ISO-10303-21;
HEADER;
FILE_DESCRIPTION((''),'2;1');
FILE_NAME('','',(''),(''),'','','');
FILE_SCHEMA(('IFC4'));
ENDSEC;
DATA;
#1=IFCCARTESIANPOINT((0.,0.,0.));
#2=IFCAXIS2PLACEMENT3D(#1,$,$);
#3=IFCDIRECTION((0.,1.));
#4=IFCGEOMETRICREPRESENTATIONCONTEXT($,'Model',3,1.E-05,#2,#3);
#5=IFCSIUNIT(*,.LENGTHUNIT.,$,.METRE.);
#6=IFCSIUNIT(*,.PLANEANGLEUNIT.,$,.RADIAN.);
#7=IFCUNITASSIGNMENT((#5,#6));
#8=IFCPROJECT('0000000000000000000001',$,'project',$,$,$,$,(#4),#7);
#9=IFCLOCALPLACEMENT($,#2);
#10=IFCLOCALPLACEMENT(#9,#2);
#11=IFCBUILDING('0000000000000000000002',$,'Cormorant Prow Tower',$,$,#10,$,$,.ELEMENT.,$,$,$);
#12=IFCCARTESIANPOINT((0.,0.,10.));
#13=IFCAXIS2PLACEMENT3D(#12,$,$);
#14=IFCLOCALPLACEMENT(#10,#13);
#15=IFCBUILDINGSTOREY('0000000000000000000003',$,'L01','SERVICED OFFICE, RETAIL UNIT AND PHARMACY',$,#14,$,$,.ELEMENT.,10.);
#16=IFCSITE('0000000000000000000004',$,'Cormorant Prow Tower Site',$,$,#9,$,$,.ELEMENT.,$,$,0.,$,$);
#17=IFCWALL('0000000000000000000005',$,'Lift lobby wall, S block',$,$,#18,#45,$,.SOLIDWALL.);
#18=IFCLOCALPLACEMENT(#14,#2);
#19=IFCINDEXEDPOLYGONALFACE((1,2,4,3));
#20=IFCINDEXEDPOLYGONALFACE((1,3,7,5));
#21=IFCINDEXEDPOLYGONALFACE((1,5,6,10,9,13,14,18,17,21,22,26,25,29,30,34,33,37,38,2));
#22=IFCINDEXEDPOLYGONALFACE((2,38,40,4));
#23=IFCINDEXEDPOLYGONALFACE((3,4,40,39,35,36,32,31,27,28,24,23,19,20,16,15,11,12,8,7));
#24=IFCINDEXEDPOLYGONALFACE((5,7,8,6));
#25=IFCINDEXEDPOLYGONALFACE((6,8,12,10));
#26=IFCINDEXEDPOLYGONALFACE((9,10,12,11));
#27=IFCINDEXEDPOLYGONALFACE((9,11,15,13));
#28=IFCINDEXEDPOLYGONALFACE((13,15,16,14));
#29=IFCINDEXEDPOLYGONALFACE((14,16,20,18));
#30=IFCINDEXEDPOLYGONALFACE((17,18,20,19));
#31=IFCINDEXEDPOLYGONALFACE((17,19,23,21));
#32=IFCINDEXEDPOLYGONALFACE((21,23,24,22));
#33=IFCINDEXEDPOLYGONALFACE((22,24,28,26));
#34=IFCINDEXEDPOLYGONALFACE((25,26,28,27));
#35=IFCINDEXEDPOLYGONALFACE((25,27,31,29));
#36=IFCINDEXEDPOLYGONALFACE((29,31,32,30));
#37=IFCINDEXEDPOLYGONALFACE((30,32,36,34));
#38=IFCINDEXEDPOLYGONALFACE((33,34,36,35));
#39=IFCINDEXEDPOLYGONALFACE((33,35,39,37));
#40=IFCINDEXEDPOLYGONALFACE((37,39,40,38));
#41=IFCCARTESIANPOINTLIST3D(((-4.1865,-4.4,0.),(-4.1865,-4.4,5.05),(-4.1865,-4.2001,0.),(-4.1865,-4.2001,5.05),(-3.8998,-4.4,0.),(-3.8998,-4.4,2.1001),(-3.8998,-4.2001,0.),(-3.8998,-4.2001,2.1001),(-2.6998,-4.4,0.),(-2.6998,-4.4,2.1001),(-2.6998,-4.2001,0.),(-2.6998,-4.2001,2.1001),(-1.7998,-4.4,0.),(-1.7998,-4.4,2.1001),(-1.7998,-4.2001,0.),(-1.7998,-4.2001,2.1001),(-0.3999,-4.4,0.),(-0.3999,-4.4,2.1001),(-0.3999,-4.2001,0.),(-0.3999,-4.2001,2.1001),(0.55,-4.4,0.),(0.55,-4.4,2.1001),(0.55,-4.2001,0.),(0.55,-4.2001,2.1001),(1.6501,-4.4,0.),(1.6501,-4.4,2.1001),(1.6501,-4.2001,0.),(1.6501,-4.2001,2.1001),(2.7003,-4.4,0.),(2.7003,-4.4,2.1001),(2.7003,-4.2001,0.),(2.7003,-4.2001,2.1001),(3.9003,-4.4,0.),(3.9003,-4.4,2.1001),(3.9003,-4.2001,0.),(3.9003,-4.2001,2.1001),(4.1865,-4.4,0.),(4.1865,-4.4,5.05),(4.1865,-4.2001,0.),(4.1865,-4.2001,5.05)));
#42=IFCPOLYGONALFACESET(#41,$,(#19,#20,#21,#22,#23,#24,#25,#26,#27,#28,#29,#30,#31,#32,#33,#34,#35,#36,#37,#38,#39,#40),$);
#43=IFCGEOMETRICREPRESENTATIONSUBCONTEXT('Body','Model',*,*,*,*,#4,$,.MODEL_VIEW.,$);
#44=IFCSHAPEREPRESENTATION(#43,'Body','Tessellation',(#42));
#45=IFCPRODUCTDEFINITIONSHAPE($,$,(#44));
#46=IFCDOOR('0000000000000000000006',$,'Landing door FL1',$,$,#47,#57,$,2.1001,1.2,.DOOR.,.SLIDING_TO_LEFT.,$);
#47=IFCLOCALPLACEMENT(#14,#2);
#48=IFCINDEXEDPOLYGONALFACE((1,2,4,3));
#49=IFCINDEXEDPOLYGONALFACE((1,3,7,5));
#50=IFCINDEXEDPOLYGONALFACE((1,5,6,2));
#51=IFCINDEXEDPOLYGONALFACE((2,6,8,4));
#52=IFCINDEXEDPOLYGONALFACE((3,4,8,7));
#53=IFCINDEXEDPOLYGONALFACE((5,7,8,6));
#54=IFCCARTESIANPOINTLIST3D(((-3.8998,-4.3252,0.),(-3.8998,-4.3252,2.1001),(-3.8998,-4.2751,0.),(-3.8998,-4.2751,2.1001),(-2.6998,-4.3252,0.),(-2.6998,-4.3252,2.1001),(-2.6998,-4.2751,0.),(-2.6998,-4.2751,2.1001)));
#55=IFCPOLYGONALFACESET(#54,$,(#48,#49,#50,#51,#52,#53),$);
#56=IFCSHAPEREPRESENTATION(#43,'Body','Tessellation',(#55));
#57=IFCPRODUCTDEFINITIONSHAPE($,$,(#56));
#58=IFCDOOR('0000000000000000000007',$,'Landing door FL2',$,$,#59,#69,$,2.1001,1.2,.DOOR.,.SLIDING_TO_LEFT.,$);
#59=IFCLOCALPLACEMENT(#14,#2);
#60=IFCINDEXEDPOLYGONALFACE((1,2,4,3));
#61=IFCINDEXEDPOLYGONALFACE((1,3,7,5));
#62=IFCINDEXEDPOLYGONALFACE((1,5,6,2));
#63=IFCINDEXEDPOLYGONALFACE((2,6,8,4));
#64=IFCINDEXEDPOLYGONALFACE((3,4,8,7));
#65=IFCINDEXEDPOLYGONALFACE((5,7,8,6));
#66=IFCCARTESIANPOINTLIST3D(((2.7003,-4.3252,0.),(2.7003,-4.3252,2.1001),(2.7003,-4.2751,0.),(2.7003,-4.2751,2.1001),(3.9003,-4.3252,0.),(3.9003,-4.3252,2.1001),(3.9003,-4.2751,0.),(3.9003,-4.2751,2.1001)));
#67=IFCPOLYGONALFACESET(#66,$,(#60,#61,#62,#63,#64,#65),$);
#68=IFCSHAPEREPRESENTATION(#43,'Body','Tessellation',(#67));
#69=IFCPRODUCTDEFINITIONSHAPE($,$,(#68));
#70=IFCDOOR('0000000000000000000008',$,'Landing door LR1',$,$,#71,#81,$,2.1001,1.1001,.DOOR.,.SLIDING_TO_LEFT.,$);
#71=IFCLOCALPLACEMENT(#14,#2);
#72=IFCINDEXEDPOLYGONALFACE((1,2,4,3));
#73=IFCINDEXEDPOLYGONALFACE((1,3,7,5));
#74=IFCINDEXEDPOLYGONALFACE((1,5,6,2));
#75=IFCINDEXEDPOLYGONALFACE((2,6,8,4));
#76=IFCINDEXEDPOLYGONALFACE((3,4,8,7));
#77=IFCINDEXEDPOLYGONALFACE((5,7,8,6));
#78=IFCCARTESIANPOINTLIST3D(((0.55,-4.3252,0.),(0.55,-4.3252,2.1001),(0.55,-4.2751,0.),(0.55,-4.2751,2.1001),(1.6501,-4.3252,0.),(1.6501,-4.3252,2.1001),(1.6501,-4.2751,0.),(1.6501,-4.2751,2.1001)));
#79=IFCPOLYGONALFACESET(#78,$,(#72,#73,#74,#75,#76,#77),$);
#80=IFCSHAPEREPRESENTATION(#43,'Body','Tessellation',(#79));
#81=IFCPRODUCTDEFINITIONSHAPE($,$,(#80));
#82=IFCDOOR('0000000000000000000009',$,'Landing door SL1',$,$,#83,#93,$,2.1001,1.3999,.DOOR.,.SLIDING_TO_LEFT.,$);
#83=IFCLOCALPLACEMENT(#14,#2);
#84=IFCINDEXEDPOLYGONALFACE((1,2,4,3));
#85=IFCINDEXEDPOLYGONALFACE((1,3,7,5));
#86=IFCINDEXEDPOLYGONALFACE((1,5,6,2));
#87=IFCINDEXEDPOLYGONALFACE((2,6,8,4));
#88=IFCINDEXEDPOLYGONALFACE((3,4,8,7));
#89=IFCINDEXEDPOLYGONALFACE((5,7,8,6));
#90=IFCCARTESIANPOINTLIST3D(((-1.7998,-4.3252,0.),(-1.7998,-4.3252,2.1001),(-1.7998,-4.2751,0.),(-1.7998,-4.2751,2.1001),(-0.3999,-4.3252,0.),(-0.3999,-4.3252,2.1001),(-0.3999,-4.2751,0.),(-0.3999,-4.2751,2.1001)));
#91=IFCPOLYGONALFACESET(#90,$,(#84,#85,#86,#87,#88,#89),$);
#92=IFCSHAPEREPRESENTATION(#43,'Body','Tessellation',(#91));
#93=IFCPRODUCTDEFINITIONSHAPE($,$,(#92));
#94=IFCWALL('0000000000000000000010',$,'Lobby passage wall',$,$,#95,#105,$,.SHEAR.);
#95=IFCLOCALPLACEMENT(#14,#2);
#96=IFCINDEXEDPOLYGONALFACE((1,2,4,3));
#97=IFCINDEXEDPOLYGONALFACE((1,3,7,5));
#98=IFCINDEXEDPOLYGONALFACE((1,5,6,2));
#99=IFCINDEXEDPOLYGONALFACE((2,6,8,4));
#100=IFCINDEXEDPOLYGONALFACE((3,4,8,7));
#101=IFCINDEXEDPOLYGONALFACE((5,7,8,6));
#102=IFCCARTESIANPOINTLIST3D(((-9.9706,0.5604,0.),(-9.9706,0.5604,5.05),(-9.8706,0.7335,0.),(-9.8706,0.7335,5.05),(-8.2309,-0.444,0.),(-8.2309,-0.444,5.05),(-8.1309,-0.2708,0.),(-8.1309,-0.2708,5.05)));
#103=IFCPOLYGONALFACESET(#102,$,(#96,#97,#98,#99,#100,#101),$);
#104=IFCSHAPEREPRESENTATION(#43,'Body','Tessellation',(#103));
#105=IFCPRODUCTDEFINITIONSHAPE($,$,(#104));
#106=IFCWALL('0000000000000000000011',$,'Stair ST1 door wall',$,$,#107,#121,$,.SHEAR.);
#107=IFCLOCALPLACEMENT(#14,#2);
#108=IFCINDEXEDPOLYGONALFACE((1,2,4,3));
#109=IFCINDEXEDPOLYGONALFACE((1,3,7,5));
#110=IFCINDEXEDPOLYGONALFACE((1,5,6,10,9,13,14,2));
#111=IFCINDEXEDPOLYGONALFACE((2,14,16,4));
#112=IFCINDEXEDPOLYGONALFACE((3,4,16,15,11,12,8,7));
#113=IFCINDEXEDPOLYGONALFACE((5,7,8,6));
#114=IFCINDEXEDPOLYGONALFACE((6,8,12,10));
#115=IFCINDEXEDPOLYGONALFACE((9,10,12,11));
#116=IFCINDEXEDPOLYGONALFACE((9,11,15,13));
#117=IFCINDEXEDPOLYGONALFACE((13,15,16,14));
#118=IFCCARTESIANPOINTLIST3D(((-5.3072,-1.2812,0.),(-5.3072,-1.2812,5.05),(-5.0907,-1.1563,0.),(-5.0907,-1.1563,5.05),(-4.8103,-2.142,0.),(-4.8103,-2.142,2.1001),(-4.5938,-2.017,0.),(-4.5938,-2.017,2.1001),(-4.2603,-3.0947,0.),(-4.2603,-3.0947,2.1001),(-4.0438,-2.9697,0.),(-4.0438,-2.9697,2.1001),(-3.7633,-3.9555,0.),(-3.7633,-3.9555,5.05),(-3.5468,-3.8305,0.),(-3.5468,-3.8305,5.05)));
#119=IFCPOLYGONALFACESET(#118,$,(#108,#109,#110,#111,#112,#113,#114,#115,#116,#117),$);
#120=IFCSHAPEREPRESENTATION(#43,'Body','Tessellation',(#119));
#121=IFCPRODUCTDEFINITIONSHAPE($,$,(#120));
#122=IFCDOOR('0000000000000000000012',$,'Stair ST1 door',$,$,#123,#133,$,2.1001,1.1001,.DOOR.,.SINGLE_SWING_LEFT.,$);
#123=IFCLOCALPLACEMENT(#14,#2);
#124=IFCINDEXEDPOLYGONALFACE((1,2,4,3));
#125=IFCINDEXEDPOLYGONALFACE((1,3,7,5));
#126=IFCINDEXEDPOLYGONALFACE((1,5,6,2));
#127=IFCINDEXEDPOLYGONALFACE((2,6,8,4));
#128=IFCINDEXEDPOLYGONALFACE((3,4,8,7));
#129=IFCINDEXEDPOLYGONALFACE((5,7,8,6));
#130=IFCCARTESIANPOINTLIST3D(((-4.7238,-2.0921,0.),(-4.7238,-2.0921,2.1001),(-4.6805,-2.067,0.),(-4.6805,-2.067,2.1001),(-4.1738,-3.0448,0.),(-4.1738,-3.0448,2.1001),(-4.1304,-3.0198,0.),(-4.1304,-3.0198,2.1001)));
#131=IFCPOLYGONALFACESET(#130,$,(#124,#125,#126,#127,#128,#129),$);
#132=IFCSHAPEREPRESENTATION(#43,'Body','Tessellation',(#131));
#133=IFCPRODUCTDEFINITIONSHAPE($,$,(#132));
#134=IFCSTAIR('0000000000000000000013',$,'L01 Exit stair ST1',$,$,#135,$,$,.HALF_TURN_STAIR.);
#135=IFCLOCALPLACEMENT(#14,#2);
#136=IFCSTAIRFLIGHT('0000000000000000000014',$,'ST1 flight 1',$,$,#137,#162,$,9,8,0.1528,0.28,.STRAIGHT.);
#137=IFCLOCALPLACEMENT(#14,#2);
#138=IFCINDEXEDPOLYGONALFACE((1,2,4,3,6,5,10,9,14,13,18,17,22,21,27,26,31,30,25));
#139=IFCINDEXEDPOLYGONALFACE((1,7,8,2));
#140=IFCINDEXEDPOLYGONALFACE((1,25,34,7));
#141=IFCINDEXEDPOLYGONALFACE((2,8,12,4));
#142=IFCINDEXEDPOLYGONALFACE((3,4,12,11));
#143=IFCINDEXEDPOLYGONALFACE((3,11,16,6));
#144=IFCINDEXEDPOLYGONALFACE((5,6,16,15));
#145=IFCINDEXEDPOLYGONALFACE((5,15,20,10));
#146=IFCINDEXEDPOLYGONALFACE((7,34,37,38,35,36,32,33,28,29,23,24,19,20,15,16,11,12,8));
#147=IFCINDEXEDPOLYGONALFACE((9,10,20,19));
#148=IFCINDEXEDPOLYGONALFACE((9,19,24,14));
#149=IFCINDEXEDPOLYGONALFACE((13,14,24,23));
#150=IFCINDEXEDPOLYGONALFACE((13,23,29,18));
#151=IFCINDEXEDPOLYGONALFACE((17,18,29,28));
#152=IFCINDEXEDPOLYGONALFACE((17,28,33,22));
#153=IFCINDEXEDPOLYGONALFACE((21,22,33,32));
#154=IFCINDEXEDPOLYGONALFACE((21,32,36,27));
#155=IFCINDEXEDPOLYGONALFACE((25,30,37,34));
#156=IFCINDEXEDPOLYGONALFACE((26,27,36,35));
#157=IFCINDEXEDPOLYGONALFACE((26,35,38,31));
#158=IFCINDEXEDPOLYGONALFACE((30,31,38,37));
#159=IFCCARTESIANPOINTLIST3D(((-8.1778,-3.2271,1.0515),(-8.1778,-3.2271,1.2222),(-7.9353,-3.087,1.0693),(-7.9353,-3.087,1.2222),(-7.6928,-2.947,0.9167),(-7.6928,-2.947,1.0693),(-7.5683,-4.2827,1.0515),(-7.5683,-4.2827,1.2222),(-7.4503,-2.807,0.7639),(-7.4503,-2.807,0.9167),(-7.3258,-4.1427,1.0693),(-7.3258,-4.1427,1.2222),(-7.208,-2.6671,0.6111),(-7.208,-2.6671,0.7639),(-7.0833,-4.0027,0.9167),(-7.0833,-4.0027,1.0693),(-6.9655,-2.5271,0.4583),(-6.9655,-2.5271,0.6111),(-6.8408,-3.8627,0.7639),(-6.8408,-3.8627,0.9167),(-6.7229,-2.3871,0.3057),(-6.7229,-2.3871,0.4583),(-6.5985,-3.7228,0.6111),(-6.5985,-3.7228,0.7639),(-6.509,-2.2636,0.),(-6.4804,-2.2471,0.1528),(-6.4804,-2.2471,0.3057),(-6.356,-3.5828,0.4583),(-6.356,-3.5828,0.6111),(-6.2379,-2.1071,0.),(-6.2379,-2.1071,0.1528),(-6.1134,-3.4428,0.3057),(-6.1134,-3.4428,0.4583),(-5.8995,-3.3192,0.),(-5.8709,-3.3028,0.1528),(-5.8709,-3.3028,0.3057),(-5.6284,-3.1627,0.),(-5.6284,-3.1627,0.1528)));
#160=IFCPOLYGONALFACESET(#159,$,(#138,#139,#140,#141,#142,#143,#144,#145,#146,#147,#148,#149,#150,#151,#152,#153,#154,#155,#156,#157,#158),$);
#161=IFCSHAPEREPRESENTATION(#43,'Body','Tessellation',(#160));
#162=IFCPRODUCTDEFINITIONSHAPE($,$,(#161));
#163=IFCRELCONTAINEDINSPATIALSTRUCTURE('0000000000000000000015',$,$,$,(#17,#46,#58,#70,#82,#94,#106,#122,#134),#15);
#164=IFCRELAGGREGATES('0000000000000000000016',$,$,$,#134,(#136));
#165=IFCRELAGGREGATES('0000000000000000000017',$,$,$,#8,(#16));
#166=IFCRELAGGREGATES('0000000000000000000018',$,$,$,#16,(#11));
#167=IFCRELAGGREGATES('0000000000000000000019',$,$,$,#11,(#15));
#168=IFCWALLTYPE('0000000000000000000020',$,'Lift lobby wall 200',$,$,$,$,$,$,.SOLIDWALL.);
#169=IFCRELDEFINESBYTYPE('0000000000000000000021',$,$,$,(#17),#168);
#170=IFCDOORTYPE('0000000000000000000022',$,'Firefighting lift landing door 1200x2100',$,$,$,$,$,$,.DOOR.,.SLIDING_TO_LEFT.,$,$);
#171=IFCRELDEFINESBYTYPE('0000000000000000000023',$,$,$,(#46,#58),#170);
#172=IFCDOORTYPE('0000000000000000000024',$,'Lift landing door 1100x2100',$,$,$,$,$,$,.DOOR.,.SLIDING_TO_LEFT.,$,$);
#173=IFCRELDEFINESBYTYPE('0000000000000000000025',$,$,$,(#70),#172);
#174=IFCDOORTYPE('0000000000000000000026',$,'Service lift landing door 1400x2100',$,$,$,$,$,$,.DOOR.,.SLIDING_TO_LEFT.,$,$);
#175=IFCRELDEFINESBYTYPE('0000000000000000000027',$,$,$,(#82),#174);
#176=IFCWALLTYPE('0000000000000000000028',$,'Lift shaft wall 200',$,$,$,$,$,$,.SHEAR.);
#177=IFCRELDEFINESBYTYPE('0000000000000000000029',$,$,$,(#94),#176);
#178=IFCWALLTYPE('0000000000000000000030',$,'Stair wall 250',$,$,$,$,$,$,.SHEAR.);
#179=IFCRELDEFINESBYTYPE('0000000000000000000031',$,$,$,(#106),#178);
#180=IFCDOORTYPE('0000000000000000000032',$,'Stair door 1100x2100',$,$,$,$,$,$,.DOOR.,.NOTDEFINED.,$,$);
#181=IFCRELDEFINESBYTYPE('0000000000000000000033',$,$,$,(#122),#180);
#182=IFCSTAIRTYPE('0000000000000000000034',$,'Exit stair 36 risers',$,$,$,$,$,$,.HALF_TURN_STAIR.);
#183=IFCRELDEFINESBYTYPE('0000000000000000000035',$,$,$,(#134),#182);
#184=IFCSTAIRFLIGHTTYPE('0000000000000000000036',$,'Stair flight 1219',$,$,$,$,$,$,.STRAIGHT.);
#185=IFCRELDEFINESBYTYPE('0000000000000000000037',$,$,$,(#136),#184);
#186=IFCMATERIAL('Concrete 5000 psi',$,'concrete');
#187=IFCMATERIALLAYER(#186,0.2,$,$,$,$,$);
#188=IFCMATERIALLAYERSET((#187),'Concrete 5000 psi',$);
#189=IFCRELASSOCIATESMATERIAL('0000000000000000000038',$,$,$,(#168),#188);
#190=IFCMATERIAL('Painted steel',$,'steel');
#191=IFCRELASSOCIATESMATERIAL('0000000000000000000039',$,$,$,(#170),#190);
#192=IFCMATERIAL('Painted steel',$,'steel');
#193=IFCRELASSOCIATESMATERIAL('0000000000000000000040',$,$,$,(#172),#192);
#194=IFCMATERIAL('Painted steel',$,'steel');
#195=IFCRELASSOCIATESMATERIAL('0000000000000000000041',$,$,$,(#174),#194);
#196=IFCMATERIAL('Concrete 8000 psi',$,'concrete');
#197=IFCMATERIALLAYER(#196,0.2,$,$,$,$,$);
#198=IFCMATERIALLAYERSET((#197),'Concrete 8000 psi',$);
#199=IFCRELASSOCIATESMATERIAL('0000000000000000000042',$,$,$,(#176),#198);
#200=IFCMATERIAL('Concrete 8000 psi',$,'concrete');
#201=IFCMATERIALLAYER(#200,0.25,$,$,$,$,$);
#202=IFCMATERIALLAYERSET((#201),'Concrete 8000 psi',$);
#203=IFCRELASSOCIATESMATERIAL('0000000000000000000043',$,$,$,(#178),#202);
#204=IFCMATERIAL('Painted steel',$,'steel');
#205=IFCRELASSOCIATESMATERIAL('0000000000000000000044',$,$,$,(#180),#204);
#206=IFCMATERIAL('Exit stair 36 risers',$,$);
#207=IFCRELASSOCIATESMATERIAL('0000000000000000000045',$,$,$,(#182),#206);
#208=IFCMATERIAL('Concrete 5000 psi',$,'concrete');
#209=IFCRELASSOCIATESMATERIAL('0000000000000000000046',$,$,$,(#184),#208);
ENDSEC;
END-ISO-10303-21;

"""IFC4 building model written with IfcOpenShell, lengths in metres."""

from ifc_helpers import new_model, si_unit, direction, frame, frame_2d, origin, place, context, subcontext, project, spatial, polyline, rectangle, outline, extrude, material, layer, layer_set, type_object, element, fill, aggregate, save


model = new_model("IFC4")

# Units and contexts
model_context = context("Model", 3, precision=1e-05, world=origin(), true_north=direction((0.0, 1.0)))
body_context = subcontext(model_context, "Body", "Model", "MODEL_VIEW")
ifc_project = project(units=[si_unit("LENGTHUNIT", "METRE"), si_unit("PLANEANGLEUNIT", "RADIAN")], contexts=[model_context])

# Site, building, storey
site_placement = place(None, origin())
site = spatial("IfcSite", under=ifc_project, at=site_placement, Name="Cormorant Prow Tower Site", CompositionType="ELEMENT", RefElevation=0.0)
building_placement = place(site_placement, origin())
building = spatial("IfcBuilding", under=site, at=building_placement, Name="Cormorant Prow Tower", CompositionType="ELEMENT")
storey_placement = place(building_placement, frame((0.0, 0.0, 10.0)))
storey = spatial("IfcBuildingStorey", under=building, at=storey_placement, Name="L01", Description="SERVICED OFFICE, RETAIL UNIT AND PHARMACY", CompositionType="ELEMENT", Elevation=10.0)

# Wall, openings, doors
ifc_material_1 = material(Name="Concrete 5000 psi", Category="concrete")
ifc_layer_1 = layer(ifc_material_1, 0.2)
ifc_layer_set_1 = layer_set([ifc_layer_1], Name="Concrete 5000 psi")
wall_type_1 = type_object("IfcWallType", Name="Lift lobby wall 200", PredefinedType="SOLIDWALL", material=ifc_layer_set_1)
wall_1_placement = place(storey_placement, frame((-4.1865, -4.3, 0.0), z_axis=(0.0, 0.0, 1.0), x_axis=(1.0, 0.0, 0.0)))
wall_1 = element("IfcWall", 1, at=wall_1_placement, inside=storey, type_object=wall_type_1, Name="Lift lobby wall, S block", PredefinedType="SOLIDWALL", context=body_context, shape_type="SweptSolid", body=[
    extrude(rectangle(XDim=8.373, YDim=0.2, at=frame_2d((4.1865, 0.0))), origin(), (0.0, 0.0, 1.0), 5.05),
])
opening_1_placement = place(wall_1_placement, frame((0.2866, 0.0, 0.0)))
opening_1 = element("IfcOpeningElement", 2, at=opening_1_placement, cuts=wall_1, PredefinedType="OPENING", context=body_context, shape_type="SweptSolid", body=[
    extrude(rectangle(XDim=1.2, YDim=2.1001, at=frame_2d((0.6001, 1.05))), frame((0.0, 0.1099, 0.0), z_axis=(0.0, -1.0, 0.0), x_axis=(1.0, 0.0, 0.0)), (0.0, 0.0, 1.0), 0.22),
])
opening_2_placement = place(wall_1_placement, frame((2.3867, 0.0, 0.0)))
opening_2 = element("IfcOpeningElement", 3, at=opening_2_placement, cuts=wall_1, PredefinedType="OPENING", context=body_context, shape_type="SweptSolid", body=[
    extrude(rectangle(XDim=1.3999, YDim=2.1001, at=frame_2d((0.7, 1.05))), frame((0.0, 0.1099, 0.0), z_axis=(0.0, -1.0, 0.0), x_axis=(1.0, 0.0, 0.0)), (0.0, 0.0, 1.0), 0.22),
])
opening_3_placement = place(wall_1_placement, frame((4.7366, 0.0, 0.0)))
opening_3 = element("IfcOpeningElement", 4, at=opening_3_placement, cuts=wall_1, PredefinedType="OPENING", context=body_context, shape_type="SweptSolid", body=[
    extrude(rectangle(XDim=1.1001, YDim=2.1001, at=frame_2d((0.55, 1.05))), frame((0.0, 0.1099, 0.0), z_axis=(0.0, -1.0, 0.0), x_axis=(1.0, 0.0, 0.0)), (0.0, 0.0, 1.0), 0.22),
])
opening_4_placement = place(wall_1_placement, frame((6.8867, 0.0, 0.0)))
opening_4 = element("IfcOpeningElement", 5, at=opening_4_placement, cuts=wall_1, PredefinedType="OPENING", context=body_context, shape_type="SweptSolid", body=[
    extrude(rectangle(XDim=1.2, YDim=2.1001, at=frame_2d((0.6001, 1.05))), frame((0.0, 0.1099, 0.0), z_axis=(0.0, -1.0, 0.0), x_axis=(1.0, 0.0, 0.0)), (0.0, 0.0, 1.0), 0.22),
])
ifc_material_2 = material(Name="Painted steel", Category="steel")
door_type_1 = type_object("IfcDoorType", Name="Firefighting lift landing door 1200x2100", OperationType="SLIDING_TO_LEFT", PredefinedType="DOOR", material=ifc_material_2)
door_1_placement = place(opening_1_placement, origin())
door_1 = element("IfcDoor", 6, at=door_1_placement, inside=storey, type_object=door_type_1, Name="Landing door FL1", OperationType="SLIDING_TO_LEFT", OverallHeight=2.1001, OverallWidth=1.2, PredefinedType="DOOR", context=body_context, shape_type="SweptSolid", body=[
    extrude(rectangle(XDim=1.2, YDim=2.1001, at=frame_2d((0.6001, 1.05))), frame((0.0, 0.0249, 0.0), z_axis=(0.0, -1.0, 0.0), x_axis=(1.0, 0.0, 0.0)), (0.0, 0.0, 1.0), 0.05),
])
fill(opening_1, door_1)
door_2_placement = place(opening_4_placement, origin())
door_2 = element("IfcDoor", 7, at=door_2_placement, inside=storey, type_object=door_type_1, Name="Landing door FL2", OperationType="SLIDING_TO_LEFT", OverallHeight=2.1001, OverallWidth=1.2, PredefinedType="DOOR", context=body_context, shape_type="SweptSolid", body=[
    extrude(rectangle(XDim=1.2, YDim=2.1001, at=frame_2d((0.6001, 1.05))), frame((0.0, 0.0249, 0.0), z_axis=(0.0, -1.0, 0.0), x_axis=(1.0, 0.0, 0.0)), (0.0, 0.0, 1.0), 0.05),
])
fill(opening_4, door_2)
ifc_material_3 = material(Name="Painted steel", Category="steel")
door_type_2 = type_object("IfcDoorType", Name="Lift landing door 1100x2100", OperationType="SLIDING_TO_LEFT", PredefinedType="DOOR", material=ifc_material_3)
door_3_placement = place(opening_3_placement, origin())
door_3 = element("IfcDoor", 8, at=door_3_placement, inside=storey, type_object=door_type_2, Name="Landing door LR1", OperationType="SLIDING_TO_LEFT", OverallHeight=2.1001, OverallWidth=1.1001, PredefinedType="DOOR", context=body_context, shape_type="SweptSolid", body=[
    extrude(rectangle(XDim=1.1001, YDim=2.1001, at=frame_2d((0.55, 1.05))), frame((0.0, 0.0249, 0.0), z_axis=(0.0, -1.0, 0.0), x_axis=(1.0, 0.0, 0.0)), (0.0, 0.0, 1.0), 0.05),
])
fill(opening_3, door_3)
ifc_material_4 = material(Name="Painted steel", Category="steel")
door_type_3 = type_object("IfcDoorType", Name="Service lift landing door 1400x2100", OperationType="SLIDING_TO_LEFT", PredefinedType="DOOR", material=ifc_material_4)
door_4_placement = place(opening_2_placement, origin())
door_4 = element("IfcDoor", 9, at=door_4_placement, inside=storey, type_object=door_type_3, Name="Landing door SL1", OperationType="SLIDING_TO_LEFT", OverallHeight=2.1001, OverallWidth=1.3999, PredefinedType="DOOR", context=body_context, shape_type="SweptSolid", body=[
    extrude(rectangle(XDim=1.3999, YDim=2.1001, at=frame_2d((0.7, 1.05))), frame((0.0, 0.0249, 0.0), z_axis=(0.0, -1.0, 0.0), x_axis=(1.0, 0.0, 0.0)), (0.0, 0.0, 1.0), 0.05),
])
fill(opening_2, door_4)

# Wall
ifc_material_5 = material(Name="Concrete 8000 psi", Category="concrete")
ifc_layer_2 = layer(ifc_material_5, 0.2)
ifc_layer_set_2 = layer_set([ifc_layer_2], Name="Concrete 8000 psi")
wall_type_2 = type_object("IfcWallType", Name="Lift shaft wall 200", PredefinedType="SHEAR", material=ifc_layer_set_2)
wall_2_placement = place(storey_placement, frame((-8.1809, -0.3574, 0.0), z_axis=(0.0, 0.0, 1.0), x_axis=(-0.866036, 0.499982, 0.0)))
element("IfcWall", 10, at=wall_2_placement, inside=storey, type_object=wall_type_2, Name="Lobby passage wall", PredefinedType="SHEAR", context=body_context, shape_type="SweptSolid", body=[
    extrude(rectangle(XDim=2.0088, YDim=0.2, at=frame_2d((1.0044, 0.0))), origin(), (0.0, 0.0, 1.0), 5.05),
])

# Wall, opening, door
ifc_material_6 = material(Name="Concrete 8000 psi", Category="concrete")
ifc_layer_3 = layer(ifc_material_6, 0.25)
ifc_layer_set_3 = layer_set([ifc_layer_3], Name="Concrete 8000 psi")
wall_type_3 = type_object("IfcWallType", Name="Stair wall 250", PredefinedType="SHEAR", material=ifc_layer_set_3)
wall_3_placement = place(storey_placement, frame((-5.199, -1.2188, 0.0), z_axis=(0.0, 0.0, 1.0), x_axis=(0.499983, -0.866035, 0.0)))
wall_3 = element("IfcWall", 11, at=wall_3_placement, inside=storey, type_object=wall_type_3, Name="Stair ST1 door wall", PredefinedType="SHEAR", context=body_context, shape_type="SweptSolid", body=[
    extrude(rectangle(XDim=3.0879, YDim=0.25, at=frame_2d((1.5439, 0.0))), origin(), (0.0, 0.0, 1.0), 5.05),
])
opening_5_placement = place(wall_3_placement, frame((0.9939, 0.0, 0.0)))
opening_5 = element("IfcOpeningElement", 12, at=opening_5_placement, cuts=wall_3, PredefinedType="OPENING", context=body_context, shape_type="SweptSolid", body=[
    extrude(rectangle(XDim=1.1001, YDim=2.1001, at=frame_2d((0.55, 1.05))), frame((0.0, 0.135, 0.0), z_axis=(0.0, -1.0, 0.0), x_axis=(1.0, 0.0, 0.0)), (0.0, 0.0, 1.0), 0.27),
])
ifc_material_7 = material(Name="Painted steel", Category="steel")
door_type_4 = type_object("IfcDoorType", Name="Stair door 1100x2100", OperationType="NOTDEFINED", PredefinedType="DOOR", material=ifc_material_7)
door_5_placement = place(opening_5_placement, origin())
door_5 = element("IfcDoor", 13, at=door_5_placement, inside=storey, type_object=door_type_4, Name="Stair ST1 door", OperationType="SINGLE_SWING_LEFT", OverallHeight=2.1001, OverallWidth=1.1001, PredefinedType="DOOR", context=body_context, shape_type="SweptSolid", body=[
    extrude(rectangle(XDim=1.1001, YDim=2.1001, at=frame_2d((0.55, 1.05))), frame((0.0, 0.0249, 0.0), z_axis=(0.0, -1.0, 0.0), x_axis=(1.0, 0.0, 0.0)), (0.0, 0.0, 1.0), 0.05),
])
fill(opening_5, door_5)

# Stair, stair flight
ifc_material_8 = material(Name="Exit stair 36 risers")
stair_type = type_object("IfcStairType", Name="Exit stair 36 risers", PredefinedType="HALF_TURN_STAIR", material=ifc_material_8)
stair_placement = place(storey_placement, origin())
stair = element("IfcStair", 14, at=stair_placement, inside=storey, type_object=stair_type, Name="L01 Exit stair ST1", PredefinedType="HALF_TURN_STAIR")
ifc_material_9 = material(Name="Concrete 5000 psi", Category="concrete")
stair_flight_type = type_object("IfcStairFlightType", Name="Stair flight 1219", PredefinedType="STRAIGHT", material=ifc_material_9)
stair_flight_1_placement = place(storey_placement, frame((-5.9331, -2.635, 0.0), z_axis=(0.0, 0.0, 1.0), x_axis=(-0.866025, -0.5, 0.0)))
stair_flight_1 = element("IfcStairFlight", 15, at=stair_flight_1_placement, type_object=stair_flight_type, Name="ST1 flight 1", NumberOfRisers=9, NumberOfTreads=8, PredefinedType="STRAIGHT", RiserHeight=0.1528, TreadLength=0.28, context=body_context, shape_type="SweptSolid", body=[
    extrude(outline(polyline([(0.0, 0.0), (0.0, 0.1528), (0.28, 0.1528), (0.28, 0.3057), (0.5601, 0.3057), (0.5601, 0.4583), (0.8401, 0.4583), (0.8401, 0.6111), (1.1201, 0.6111), (1.1201, 0.7639), (1.3999, 0.7639), (1.3999, 0.9167), (1.6799, 0.9167), (1.6799, 1.0693), (1.96, 1.0693), (1.96, 1.2222), (2.24, 1.2222), (2.24, 1.375), (2.24, 1.0515), (0.313, 0.0), (0.0, 0.0)])), frame((0.0, 0.6094, 0.0), z_axis=(0.0, -1.0, 0.0), x_axis=(1.0, 0.0, 0.0)), (0.0, 0.0, 1.0), 1.219),
])
aggregate(stair, [stair_flight_1])

save(model, "model.ifc")
